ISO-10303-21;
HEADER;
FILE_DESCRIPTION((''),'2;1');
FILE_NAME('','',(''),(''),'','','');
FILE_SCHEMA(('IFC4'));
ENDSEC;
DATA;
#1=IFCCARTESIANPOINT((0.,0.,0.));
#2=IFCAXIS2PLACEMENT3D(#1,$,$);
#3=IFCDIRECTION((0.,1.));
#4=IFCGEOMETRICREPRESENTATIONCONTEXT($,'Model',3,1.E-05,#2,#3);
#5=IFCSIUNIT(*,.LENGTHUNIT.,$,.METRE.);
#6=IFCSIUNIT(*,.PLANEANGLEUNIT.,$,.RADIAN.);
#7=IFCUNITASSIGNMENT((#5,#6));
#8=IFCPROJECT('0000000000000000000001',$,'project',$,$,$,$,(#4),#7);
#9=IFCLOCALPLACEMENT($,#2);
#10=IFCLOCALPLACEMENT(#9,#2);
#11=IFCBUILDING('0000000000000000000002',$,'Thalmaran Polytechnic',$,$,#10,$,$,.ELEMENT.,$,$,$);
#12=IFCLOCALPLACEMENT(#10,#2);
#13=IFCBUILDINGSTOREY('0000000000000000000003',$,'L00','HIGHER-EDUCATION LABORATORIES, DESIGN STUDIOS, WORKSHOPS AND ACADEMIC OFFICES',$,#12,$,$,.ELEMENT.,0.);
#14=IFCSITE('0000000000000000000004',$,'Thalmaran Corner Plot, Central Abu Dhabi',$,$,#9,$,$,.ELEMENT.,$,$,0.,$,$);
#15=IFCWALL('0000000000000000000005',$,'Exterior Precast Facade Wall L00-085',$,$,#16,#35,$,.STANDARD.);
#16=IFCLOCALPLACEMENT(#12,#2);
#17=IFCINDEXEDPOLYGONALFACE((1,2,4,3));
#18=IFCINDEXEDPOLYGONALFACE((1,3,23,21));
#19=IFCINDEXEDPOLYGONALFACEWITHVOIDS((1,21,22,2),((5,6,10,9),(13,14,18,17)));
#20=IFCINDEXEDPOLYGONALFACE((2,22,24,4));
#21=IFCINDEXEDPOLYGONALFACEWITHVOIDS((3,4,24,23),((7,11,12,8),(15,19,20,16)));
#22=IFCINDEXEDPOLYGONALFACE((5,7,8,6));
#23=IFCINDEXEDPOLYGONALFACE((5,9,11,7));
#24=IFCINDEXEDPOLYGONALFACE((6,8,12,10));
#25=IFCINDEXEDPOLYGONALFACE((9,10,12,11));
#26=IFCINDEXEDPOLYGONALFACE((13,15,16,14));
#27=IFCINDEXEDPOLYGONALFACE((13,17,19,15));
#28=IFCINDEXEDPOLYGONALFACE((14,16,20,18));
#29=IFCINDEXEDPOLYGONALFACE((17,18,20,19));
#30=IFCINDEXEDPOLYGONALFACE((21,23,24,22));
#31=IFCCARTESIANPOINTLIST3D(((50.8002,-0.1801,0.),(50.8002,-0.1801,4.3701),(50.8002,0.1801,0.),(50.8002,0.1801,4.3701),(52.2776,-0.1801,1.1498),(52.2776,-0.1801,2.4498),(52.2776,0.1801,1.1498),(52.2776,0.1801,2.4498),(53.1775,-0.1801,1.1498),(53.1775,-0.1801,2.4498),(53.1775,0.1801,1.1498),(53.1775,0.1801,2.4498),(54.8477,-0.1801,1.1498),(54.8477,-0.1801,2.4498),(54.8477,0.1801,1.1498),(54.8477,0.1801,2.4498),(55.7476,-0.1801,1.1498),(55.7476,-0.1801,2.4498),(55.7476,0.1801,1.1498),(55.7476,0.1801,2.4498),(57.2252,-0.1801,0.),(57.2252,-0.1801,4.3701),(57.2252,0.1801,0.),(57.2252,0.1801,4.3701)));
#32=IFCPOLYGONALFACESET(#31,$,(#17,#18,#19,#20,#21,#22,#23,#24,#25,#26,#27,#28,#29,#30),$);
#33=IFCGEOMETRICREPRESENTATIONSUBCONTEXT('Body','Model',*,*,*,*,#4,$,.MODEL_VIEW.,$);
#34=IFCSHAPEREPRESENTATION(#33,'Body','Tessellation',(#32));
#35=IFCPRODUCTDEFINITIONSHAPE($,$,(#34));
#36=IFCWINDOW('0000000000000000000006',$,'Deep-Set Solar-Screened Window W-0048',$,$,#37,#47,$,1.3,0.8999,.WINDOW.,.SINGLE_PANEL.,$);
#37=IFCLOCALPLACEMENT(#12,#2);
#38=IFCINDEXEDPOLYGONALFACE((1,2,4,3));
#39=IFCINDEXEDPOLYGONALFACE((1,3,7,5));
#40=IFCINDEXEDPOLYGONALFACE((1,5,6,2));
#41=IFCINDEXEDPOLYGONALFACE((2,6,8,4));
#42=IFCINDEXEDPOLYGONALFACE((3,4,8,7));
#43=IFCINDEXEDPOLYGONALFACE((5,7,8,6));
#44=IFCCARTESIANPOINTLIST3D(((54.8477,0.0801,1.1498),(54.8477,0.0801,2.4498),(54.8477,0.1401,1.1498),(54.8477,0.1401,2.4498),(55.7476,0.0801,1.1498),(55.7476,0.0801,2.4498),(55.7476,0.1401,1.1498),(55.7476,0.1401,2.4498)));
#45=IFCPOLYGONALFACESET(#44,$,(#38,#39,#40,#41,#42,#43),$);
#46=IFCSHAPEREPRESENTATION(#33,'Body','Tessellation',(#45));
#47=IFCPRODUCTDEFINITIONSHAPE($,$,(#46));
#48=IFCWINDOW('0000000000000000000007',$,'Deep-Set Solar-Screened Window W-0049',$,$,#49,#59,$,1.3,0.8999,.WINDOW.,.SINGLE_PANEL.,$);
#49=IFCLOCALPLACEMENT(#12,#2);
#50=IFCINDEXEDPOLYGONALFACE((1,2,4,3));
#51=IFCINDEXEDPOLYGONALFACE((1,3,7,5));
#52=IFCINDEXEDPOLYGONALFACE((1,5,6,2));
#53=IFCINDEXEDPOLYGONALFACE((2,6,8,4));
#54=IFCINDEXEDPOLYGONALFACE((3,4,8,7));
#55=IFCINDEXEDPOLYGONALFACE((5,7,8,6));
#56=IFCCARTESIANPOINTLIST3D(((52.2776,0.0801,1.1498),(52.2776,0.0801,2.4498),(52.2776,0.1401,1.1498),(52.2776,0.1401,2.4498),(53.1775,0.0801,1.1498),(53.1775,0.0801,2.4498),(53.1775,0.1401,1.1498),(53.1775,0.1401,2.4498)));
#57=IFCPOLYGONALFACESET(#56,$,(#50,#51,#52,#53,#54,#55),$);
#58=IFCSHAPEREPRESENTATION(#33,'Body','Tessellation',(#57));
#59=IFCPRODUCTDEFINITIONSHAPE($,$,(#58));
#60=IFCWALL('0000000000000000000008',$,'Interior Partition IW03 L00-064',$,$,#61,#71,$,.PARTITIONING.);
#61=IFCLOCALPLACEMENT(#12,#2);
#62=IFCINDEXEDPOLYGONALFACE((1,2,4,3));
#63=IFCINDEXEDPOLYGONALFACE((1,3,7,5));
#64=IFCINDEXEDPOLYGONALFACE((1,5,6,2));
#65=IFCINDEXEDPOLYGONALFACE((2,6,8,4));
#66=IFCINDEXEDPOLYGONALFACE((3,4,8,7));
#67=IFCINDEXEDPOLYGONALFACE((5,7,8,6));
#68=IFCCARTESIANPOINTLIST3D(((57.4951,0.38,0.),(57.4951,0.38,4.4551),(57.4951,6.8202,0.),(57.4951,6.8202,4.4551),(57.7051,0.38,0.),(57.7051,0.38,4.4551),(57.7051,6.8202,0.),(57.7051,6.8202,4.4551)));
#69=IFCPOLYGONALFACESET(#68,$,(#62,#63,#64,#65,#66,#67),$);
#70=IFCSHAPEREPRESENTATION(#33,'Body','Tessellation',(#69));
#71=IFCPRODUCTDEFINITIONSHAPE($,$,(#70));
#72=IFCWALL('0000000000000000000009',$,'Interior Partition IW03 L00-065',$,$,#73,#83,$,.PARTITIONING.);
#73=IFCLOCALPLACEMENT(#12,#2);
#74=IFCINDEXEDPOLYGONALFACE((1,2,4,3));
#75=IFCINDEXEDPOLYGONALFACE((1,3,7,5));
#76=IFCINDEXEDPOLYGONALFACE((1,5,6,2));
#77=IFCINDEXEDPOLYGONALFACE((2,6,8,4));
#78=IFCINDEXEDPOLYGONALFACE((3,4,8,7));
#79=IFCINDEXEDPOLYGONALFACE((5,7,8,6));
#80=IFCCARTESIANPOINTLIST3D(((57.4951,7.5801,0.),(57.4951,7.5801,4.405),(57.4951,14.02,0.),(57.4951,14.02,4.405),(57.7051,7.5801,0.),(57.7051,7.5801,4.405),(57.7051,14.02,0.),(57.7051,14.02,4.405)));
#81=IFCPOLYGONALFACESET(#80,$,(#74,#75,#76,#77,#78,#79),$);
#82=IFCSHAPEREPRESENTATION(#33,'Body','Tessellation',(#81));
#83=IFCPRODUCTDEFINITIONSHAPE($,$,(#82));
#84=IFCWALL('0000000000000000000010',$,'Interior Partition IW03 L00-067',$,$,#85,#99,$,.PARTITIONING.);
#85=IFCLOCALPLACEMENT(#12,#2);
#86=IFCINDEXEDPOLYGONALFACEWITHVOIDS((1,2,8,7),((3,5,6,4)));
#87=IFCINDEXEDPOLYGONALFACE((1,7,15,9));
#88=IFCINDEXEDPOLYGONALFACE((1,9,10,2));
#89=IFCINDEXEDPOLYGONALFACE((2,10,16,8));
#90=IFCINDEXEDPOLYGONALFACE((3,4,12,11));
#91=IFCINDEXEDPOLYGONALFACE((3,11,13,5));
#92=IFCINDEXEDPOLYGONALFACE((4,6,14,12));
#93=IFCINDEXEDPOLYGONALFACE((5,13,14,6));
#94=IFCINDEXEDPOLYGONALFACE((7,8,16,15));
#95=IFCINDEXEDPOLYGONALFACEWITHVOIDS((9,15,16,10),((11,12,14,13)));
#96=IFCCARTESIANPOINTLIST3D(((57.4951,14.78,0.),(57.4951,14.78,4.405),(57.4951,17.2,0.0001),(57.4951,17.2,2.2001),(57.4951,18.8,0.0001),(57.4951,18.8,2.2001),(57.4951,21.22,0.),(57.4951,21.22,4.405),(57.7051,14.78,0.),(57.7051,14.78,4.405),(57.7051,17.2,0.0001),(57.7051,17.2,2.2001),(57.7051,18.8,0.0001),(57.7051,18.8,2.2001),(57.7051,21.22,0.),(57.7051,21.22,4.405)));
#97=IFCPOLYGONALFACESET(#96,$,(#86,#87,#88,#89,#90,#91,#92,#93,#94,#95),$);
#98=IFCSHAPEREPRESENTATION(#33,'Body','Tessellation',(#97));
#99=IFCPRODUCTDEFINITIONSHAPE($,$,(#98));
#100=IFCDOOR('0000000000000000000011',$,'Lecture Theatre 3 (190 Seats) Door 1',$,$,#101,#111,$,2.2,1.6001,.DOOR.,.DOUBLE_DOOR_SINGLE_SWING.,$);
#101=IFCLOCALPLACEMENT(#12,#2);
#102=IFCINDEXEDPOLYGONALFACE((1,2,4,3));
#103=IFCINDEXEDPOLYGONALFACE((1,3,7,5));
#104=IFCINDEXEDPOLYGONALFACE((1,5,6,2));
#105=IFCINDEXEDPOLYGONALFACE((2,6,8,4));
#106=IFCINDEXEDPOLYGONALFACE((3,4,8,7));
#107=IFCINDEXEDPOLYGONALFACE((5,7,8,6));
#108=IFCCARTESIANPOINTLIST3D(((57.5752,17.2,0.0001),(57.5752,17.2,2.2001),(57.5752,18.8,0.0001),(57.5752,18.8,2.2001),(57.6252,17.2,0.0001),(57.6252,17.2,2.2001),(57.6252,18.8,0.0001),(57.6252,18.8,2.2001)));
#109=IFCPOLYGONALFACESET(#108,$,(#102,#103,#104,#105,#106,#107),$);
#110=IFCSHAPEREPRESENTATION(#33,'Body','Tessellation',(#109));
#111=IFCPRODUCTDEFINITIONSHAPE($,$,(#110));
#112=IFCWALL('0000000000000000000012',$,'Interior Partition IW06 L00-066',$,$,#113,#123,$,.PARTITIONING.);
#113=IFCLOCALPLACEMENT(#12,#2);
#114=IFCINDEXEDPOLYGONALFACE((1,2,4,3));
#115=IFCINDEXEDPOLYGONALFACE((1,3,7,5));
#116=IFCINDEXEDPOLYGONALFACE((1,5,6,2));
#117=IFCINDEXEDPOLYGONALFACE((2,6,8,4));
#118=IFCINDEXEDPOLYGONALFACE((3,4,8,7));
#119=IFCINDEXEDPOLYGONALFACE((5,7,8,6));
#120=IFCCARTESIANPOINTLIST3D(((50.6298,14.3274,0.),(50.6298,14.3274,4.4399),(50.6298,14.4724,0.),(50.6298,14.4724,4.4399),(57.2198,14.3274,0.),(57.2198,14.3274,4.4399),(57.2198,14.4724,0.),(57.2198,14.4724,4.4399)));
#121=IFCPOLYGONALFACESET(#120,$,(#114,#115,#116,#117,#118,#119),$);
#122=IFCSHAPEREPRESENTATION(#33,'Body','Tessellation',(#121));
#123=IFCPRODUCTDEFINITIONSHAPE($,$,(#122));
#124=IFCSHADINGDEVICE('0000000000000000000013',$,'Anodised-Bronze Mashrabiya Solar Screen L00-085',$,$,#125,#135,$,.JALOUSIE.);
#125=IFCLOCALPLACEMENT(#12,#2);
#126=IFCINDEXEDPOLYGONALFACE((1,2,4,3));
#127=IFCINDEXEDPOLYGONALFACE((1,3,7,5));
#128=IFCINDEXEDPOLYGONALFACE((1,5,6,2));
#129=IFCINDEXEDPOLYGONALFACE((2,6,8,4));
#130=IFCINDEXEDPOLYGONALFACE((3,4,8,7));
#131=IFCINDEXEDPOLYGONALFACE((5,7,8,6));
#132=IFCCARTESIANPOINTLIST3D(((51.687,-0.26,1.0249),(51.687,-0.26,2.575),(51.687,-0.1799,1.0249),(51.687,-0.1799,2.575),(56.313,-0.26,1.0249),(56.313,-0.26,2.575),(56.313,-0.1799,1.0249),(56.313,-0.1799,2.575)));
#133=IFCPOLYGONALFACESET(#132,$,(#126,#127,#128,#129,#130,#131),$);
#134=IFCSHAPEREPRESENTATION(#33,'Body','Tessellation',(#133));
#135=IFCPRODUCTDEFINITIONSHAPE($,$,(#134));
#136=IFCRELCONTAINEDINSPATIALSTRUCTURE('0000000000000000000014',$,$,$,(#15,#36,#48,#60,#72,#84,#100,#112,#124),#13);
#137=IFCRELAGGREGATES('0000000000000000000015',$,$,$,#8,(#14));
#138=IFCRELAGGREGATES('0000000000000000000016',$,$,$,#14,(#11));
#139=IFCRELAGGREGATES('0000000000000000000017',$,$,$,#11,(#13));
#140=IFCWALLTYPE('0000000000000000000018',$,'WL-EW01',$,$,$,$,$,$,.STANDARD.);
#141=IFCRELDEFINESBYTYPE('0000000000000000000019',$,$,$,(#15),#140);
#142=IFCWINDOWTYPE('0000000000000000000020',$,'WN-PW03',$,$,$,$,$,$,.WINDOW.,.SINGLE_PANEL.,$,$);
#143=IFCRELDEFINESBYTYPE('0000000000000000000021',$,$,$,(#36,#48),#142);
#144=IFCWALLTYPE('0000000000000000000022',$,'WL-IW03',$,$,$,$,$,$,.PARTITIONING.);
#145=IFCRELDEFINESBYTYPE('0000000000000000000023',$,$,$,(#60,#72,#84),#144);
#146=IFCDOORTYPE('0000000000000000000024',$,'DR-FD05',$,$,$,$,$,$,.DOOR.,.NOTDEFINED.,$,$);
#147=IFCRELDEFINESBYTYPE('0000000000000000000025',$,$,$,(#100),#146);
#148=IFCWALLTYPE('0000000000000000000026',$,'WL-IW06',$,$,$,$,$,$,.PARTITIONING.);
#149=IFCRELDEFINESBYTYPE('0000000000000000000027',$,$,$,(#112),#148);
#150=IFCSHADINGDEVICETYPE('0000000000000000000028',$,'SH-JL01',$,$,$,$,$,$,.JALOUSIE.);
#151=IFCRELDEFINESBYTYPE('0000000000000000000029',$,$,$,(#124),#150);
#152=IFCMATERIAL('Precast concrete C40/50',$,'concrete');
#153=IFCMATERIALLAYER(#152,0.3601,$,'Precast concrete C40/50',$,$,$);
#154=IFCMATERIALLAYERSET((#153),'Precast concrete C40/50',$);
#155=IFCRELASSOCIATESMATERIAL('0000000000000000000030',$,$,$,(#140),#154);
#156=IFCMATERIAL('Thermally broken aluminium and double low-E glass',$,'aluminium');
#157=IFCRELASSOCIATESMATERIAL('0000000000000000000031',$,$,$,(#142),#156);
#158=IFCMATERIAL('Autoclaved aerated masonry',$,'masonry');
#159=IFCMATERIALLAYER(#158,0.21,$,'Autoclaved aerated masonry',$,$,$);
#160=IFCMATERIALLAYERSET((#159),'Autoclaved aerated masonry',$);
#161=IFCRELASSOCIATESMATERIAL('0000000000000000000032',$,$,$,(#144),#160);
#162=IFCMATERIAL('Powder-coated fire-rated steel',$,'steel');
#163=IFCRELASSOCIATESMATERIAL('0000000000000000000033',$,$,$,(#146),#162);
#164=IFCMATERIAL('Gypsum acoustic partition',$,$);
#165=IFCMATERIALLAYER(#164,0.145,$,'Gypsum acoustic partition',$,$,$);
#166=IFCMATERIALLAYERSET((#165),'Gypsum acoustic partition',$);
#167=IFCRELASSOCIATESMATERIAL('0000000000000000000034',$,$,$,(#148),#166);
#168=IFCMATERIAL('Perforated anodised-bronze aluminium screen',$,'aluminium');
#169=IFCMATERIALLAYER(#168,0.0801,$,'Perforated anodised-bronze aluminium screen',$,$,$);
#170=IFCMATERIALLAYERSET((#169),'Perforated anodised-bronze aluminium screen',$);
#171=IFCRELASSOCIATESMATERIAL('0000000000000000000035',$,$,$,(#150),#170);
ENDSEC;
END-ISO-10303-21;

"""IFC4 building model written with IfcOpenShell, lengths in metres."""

from ifc_helpers import new_model, si_unit, direction, frame, frame_2d, origin, origin_2d, place, context, subcontext, project, spatial, rectangle, extrude, material, layer, layer_set, type_object, element, fill, save


model = new_model("IFC4")

# Units and contexts
model_context = context("Model", 3, precision=1e-05, world=origin(), true_north=direction((0.0, 1.0)))
body_context = subcontext(model_context, "Body", "Model", "MODEL_VIEW")
ifc_project = project(units=[si_unit("LENGTHUNIT", "METRE"), si_unit("PLANEANGLEUNIT", "RADIAN")], contexts=[model_context])

# Site, building, storey
site_placement = place(None, origin())
site = spatial("IfcSite", under=ifc_project, at=site_placement, Name="Thalmaran Corner Plot, Central Abu Dhabi", CompositionType="ELEMENT", RefElevation=0.0)
building_placement = place(site_placement, origin())
building = spatial("IfcBuilding", under=site, at=building_placement, Name="Thalmaran Polytechnic", CompositionType="ELEMENT")
storey_placement = place(building_placement, origin())
storey = spatial("IfcBuildingStorey", under=building, at=storey_placement, Name="L00", Description="HIGHER-EDUCATION LABORATORIES, DESIGN STUDIOS, WORKSHOPS AND ACADEMIC OFFICES", CompositionType="ELEMENT", Elevation=0.0)

# Wall, openings, windows
ifc_material_1 = material(Name="Precast concrete C40/50", Category="concrete")
ifc_layer_1 = layer(ifc_material_1, 0.3601, Name="Precast concrete C40/50")
ifc_layer_set_1 = layer_set([ifc_layer_1], Name="Precast concrete C40/50")
wall_type_1 = type_object("IfcWallType", Name="WL-EW01", PredefinedType="STANDARD", material=ifc_layer_set_1)
wall_1_placement = place(storey_placement, frame((57.2251, 0.0, 0.0), z_axis=(0.0, 0.0, 1.0), x_axis=(-1.0, 0.0, 0.0)))
wall_1 = element("IfcWall", 1, at=wall_1_placement, inside=storey, type_object=wall_type_1, Name="Exterior Precast Facade Wall L00-085", PredefinedType="STANDARD", context=body_context, shape_type="SweptSolid", body=[
    extrude(rectangle(XDim=6.425, YDim=0.3601, at=frame_2d((3.2124, 0.0))), origin(), (0.0, 0.0, 1.0), 4.3701),
])
opening_1_placement = place(wall_1_placement, frame((1.4775, 0.0, 1.1499)))
opening_1 = element("IfcOpeningElement", 2, at=opening_1_placement, cuts=wall_1, PredefinedType="OPENING", context=body_context, shape_type="SweptSolid", body=[
    extrude(rectangle(XDim=0.8999, YDim=1.3, at=frame_2d((0.45, 0.6499))), frame((0.0, 0.1899, 0.0), z_axis=(0.0, -1.0, 0.0), x_axis=(1.0, 0.0, 0.0)), (0.0, 0.0, 1.0), 0.3801),
])
opening_2_placement = place(wall_1_placement, frame((4.0476, 0.0, 1.1499)))
opening_2 = element("IfcOpeningElement", 3, at=opening_2_placement, cuts=wall_1, PredefinedType="OPENING", context=body_context, shape_type="SweptSolid", body=[
    extrude(rectangle(XDim=0.8999, YDim=1.3, at=frame_2d((0.45, 0.6499))), frame((0.0, 0.1899, 0.0), z_axis=(0.0, -1.0, 0.0), x_axis=(1.0, 0.0, 0.0)), (0.0, 0.0, 1.0), 0.3801),
])
ifc_material_2 = material(Name="Thermally broken aluminium and double low-E glass", Category="aluminium")
window_type = type_object("IfcWindowType", Name="WN-PW03", PartitioningType="SINGLE_PANEL", PredefinedType="WINDOW", material=ifc_material_2)
window_1_placement = place(opening_1_placement, origin())
window_1 = element("IfcWindow", 4, at=window_1_placement, inside=storey, type_object=window_type, Name="Deep-Set Solar-Screened Window W-0048", OverallHeight=1.3, OverallWidth=0.8999, PartitioningType="SINGLE_PANEL", PredefinedType="WINDOW", context=body_context, shape_type="SweptSolid", body=[
    extrude(rectangle(XDim=0.8999, YDim=1.3, at=frame_2d((0.45, 0.6499))), frame((0.0, -0.0801, 0.0), z_axis=(0.0, -1.0, 0.0), x_axis=(1.0, 0.0, 0.0)), (0.0, 0.0, 1.0), 0.0601),
])
fill(opening_1, window_1)
window_2_placement = place(opening_2_placement, origin())
window_2 = element("IfcWindow", 5, at=window_2_placement, inside=storey, type_object=window_type, Name="Deep-Set Solar-Screened Window W-0049", OverallHeight=1.3, OverallWidth=0.8999, PartitioningType="SINGLE_PANEL", PredefinedType="WINDOW", context=body_context, shape_type="SweptSolid", body=[
    extrude(rectangle(XDim=0.8999, YDim=1.3, at=frame_2d((0.45, 0.6499))), frame((0.0, -0.0801, 0.0), z_axis=(0.0, -1.0, 0.0), x_axis=(1.0, 0.0, 0.0)), (0.0, 0.0, 1.0), 0.0601),
])
fill(opening_2, window_2)

# Walls
ifc_material_3 = material(Name="Autoclaved aerated masonry", Category="masonry")
ifc_layer_2 = layer(ifc_material_3, 0.21, Name="Autoclaved aerated masonry")
ifc_layer_set_2 = layer_set([ifc_layer_2], Name="Autoclaved aerated masonry")
wall_type_2 = type_object("IfcWallType", Name="WL-IW03", PredefinedType="PARTITIONING", material=ifc_layer_set_2)
wall_2_placement = place(storey_placement, frame((57.6001, 0.3799, 0.0), z_axis=(0.0, 0.0, 1.0), x_axis=(0.0, 1.0, 0.0)))
element("IfcWall", 6, at=wall_2_placement, inside=storey, type_object=wall_type_2, Name="Interior Partition IW03 L00-064", PredefinedType="PARTITIONING", context=body_context, shape_type="SweptSolid", body=[
    extrude(rectangle(XDim=6.4402, YDim=0.21, at=frame_2d((3.2202, 0.0))), origin(), (0.0, 0.0, 1.0), 4.4551),
])
wall_3_placement = place(storey_placement, frame((57.6001, 7.5801, 0.0), z_axis=(0.0, 0.0, 1.0), x_axis=(0.0, 1.0, 0.0)))
element("IfcWall", 7, at=wall_3_placement, inside=storey, type_object=wall_type_2, Name="Interior Partition IW03 L00-065", PredefinedType="PARTITIONING", context=body_context, shape_type="SweptSolid", body=[
    extrude(rectangle(XDim=6.4399, YDim=0.21, at=frame_2d((3.22, 0.0))), origin(), (0.0, 0.0, 1.0), 4.405),
])

# Wall, opening, door
wall_4_placement = place(storey_placement, frame((57.6001, 14.78, 0.0), z_axis=(0.0, 0.0, 1.0), x_axis=(0.0, 1.0, 0.0)))
wall_4 = element("IfcWall", 8, at=wall_4_placement, inside=storey, type_object=wall_type_2, Name="Interior Partition IW03 L00-067", PredefinedType="PARTITIONING", context=body_context, shape_type="SweptSolid", body=[
    extrude(rectangle(XDim=6.4399, YDim=0.21, at=frame_2d((3.22, 0.0))), origin(), (0.0, 0.0, 1.0), 4.405),
])
opening_3_placement = place(wall_4_placement, frame((2.4199, 0.0, 0.0)))
opening_3 = element("IfcOpeningElement", 9, at=opening_3_placement, cuts=wall_4, PredefinedType="OPENING", context=body_context, shape_type="SweptSolid", body=[
    extrude(rectangle(XDim=1.6001, YDim=2.2, at=frame_2d((0.8, 1.1001))), frame((0.0, 0.115, 0.0), z_axis=(0.0, -1.0, 0.0), x_axis=(1.0, 0.0, 0.0)), (0.0, 0.0, 1.0), 0.23),
])
ifc_material_4 = material(Name="Powder-coated fire-rated steel", Category="steel")
door_type = type_object("IfcDoorType", Name="DR-FD05", OperationType="NOTDEFINED", PredefinedType="DOOR", material=ifc_material_4)
door_placement = place(opening_3_placement, origin())
door = element("IfcDoor", 10, at=door_placement, inside=storey, type_object=door_type, Name="Lecture Theatre 3 (190 Seats) Door 1", OperationType="DOUBLE_DOOR_SINGLE_SWING", OverallHeight=2.2, OverallWidth=1.6001, PredefinedType="DOOR", context=body_context, shape_type="SweptSolid", body=[
    extrude(rectangle(XDim=1.6001, YDim=2.2, at=frame_2d((0.8, 1.1001))), frame((0.0, 0.0249, 0.0), z_axis=(0.0, -1.0, 0.0), x_axis=(1.0, 0.0, 0.0)), (0.0, 0.0, 1.0), 0.05),
])
fill(opening_3, door)

# Wall
ifc_material_5 = material(Name="Gypsum acoustic partition")
ifc_layer_3 = layer(ifc_material_5, 0.145, Name="Gypsum acoustic partition")
ifc_layer_set_3 = layer_set([ifc_layer_3], Name="Gypsum acoustic partition")
wall_type_3 = type_object("IfcWallType", Name="WL-IW06", PredefinedType="PARTITIONING", material=ifc_layer_set_3)
wall_5_placement = place(storey_placement, frame((50.6299, 14.3999, 0.0), z_axis=(0.0, 0.0, 1.0), x_axis=(1.0, 0.0, 0.0)))
element("IfcWall", 11, at=wall_5_placement, inside=storey, type_object=wall_type_3, Name="Interior Partition IW06 L00-066", PredefinedType="PARTITIONING", context=body_context, shape_type="SweptSolid", body=[
    extrude(rectangle(XDim=6.5901, YDim=0.145, at=frame_2d((3.2949, 0.0))), origin(), (0.0, 0.0, 1.0), 4.4399),
])

# Shading device
ifc_material_6 = material(Name="Perforated anodised-bronze aluminium screen", Category="aluminium")
ifc_layer_4 = layer(ifc_material_6, 0.0801, Name="Perforated anodised-bronze aluminium screen")
ifc_layer_set_4 = layer_set([ifc_layer_4], Name="Perforated anodised-bronze aluminium screen")
shading_device_type = type_object("IfcShadingDeviceType", Name="SH-JL01", PredefinedType="JALOUSIE", material=ifc_layer_set_4)
shading_device_placement = place(storey_placement, frame((54.0, -0.22, 1.0249), z_axis=(0.0, 0.0, 1.0), x_axis=(-1.0, 0.0, 0.0)))
element("IfcShadingDevice", 12, at=shading_device_placement, inside=storey, type_object=shading_device_type, Name="Anodised-Bronze Mashrabiya Solar Screen L00-085", PredefinedType="JALOUSIE", context=body_context, shape_type="SweptSolid", body=[
    extrude(rectangle(XDim=4.626, YDim=0.0801, at=origin_2d()), origin(), (0.0, 0.0, 1.0), 1.55),
])

save(model, "model.ifc")
